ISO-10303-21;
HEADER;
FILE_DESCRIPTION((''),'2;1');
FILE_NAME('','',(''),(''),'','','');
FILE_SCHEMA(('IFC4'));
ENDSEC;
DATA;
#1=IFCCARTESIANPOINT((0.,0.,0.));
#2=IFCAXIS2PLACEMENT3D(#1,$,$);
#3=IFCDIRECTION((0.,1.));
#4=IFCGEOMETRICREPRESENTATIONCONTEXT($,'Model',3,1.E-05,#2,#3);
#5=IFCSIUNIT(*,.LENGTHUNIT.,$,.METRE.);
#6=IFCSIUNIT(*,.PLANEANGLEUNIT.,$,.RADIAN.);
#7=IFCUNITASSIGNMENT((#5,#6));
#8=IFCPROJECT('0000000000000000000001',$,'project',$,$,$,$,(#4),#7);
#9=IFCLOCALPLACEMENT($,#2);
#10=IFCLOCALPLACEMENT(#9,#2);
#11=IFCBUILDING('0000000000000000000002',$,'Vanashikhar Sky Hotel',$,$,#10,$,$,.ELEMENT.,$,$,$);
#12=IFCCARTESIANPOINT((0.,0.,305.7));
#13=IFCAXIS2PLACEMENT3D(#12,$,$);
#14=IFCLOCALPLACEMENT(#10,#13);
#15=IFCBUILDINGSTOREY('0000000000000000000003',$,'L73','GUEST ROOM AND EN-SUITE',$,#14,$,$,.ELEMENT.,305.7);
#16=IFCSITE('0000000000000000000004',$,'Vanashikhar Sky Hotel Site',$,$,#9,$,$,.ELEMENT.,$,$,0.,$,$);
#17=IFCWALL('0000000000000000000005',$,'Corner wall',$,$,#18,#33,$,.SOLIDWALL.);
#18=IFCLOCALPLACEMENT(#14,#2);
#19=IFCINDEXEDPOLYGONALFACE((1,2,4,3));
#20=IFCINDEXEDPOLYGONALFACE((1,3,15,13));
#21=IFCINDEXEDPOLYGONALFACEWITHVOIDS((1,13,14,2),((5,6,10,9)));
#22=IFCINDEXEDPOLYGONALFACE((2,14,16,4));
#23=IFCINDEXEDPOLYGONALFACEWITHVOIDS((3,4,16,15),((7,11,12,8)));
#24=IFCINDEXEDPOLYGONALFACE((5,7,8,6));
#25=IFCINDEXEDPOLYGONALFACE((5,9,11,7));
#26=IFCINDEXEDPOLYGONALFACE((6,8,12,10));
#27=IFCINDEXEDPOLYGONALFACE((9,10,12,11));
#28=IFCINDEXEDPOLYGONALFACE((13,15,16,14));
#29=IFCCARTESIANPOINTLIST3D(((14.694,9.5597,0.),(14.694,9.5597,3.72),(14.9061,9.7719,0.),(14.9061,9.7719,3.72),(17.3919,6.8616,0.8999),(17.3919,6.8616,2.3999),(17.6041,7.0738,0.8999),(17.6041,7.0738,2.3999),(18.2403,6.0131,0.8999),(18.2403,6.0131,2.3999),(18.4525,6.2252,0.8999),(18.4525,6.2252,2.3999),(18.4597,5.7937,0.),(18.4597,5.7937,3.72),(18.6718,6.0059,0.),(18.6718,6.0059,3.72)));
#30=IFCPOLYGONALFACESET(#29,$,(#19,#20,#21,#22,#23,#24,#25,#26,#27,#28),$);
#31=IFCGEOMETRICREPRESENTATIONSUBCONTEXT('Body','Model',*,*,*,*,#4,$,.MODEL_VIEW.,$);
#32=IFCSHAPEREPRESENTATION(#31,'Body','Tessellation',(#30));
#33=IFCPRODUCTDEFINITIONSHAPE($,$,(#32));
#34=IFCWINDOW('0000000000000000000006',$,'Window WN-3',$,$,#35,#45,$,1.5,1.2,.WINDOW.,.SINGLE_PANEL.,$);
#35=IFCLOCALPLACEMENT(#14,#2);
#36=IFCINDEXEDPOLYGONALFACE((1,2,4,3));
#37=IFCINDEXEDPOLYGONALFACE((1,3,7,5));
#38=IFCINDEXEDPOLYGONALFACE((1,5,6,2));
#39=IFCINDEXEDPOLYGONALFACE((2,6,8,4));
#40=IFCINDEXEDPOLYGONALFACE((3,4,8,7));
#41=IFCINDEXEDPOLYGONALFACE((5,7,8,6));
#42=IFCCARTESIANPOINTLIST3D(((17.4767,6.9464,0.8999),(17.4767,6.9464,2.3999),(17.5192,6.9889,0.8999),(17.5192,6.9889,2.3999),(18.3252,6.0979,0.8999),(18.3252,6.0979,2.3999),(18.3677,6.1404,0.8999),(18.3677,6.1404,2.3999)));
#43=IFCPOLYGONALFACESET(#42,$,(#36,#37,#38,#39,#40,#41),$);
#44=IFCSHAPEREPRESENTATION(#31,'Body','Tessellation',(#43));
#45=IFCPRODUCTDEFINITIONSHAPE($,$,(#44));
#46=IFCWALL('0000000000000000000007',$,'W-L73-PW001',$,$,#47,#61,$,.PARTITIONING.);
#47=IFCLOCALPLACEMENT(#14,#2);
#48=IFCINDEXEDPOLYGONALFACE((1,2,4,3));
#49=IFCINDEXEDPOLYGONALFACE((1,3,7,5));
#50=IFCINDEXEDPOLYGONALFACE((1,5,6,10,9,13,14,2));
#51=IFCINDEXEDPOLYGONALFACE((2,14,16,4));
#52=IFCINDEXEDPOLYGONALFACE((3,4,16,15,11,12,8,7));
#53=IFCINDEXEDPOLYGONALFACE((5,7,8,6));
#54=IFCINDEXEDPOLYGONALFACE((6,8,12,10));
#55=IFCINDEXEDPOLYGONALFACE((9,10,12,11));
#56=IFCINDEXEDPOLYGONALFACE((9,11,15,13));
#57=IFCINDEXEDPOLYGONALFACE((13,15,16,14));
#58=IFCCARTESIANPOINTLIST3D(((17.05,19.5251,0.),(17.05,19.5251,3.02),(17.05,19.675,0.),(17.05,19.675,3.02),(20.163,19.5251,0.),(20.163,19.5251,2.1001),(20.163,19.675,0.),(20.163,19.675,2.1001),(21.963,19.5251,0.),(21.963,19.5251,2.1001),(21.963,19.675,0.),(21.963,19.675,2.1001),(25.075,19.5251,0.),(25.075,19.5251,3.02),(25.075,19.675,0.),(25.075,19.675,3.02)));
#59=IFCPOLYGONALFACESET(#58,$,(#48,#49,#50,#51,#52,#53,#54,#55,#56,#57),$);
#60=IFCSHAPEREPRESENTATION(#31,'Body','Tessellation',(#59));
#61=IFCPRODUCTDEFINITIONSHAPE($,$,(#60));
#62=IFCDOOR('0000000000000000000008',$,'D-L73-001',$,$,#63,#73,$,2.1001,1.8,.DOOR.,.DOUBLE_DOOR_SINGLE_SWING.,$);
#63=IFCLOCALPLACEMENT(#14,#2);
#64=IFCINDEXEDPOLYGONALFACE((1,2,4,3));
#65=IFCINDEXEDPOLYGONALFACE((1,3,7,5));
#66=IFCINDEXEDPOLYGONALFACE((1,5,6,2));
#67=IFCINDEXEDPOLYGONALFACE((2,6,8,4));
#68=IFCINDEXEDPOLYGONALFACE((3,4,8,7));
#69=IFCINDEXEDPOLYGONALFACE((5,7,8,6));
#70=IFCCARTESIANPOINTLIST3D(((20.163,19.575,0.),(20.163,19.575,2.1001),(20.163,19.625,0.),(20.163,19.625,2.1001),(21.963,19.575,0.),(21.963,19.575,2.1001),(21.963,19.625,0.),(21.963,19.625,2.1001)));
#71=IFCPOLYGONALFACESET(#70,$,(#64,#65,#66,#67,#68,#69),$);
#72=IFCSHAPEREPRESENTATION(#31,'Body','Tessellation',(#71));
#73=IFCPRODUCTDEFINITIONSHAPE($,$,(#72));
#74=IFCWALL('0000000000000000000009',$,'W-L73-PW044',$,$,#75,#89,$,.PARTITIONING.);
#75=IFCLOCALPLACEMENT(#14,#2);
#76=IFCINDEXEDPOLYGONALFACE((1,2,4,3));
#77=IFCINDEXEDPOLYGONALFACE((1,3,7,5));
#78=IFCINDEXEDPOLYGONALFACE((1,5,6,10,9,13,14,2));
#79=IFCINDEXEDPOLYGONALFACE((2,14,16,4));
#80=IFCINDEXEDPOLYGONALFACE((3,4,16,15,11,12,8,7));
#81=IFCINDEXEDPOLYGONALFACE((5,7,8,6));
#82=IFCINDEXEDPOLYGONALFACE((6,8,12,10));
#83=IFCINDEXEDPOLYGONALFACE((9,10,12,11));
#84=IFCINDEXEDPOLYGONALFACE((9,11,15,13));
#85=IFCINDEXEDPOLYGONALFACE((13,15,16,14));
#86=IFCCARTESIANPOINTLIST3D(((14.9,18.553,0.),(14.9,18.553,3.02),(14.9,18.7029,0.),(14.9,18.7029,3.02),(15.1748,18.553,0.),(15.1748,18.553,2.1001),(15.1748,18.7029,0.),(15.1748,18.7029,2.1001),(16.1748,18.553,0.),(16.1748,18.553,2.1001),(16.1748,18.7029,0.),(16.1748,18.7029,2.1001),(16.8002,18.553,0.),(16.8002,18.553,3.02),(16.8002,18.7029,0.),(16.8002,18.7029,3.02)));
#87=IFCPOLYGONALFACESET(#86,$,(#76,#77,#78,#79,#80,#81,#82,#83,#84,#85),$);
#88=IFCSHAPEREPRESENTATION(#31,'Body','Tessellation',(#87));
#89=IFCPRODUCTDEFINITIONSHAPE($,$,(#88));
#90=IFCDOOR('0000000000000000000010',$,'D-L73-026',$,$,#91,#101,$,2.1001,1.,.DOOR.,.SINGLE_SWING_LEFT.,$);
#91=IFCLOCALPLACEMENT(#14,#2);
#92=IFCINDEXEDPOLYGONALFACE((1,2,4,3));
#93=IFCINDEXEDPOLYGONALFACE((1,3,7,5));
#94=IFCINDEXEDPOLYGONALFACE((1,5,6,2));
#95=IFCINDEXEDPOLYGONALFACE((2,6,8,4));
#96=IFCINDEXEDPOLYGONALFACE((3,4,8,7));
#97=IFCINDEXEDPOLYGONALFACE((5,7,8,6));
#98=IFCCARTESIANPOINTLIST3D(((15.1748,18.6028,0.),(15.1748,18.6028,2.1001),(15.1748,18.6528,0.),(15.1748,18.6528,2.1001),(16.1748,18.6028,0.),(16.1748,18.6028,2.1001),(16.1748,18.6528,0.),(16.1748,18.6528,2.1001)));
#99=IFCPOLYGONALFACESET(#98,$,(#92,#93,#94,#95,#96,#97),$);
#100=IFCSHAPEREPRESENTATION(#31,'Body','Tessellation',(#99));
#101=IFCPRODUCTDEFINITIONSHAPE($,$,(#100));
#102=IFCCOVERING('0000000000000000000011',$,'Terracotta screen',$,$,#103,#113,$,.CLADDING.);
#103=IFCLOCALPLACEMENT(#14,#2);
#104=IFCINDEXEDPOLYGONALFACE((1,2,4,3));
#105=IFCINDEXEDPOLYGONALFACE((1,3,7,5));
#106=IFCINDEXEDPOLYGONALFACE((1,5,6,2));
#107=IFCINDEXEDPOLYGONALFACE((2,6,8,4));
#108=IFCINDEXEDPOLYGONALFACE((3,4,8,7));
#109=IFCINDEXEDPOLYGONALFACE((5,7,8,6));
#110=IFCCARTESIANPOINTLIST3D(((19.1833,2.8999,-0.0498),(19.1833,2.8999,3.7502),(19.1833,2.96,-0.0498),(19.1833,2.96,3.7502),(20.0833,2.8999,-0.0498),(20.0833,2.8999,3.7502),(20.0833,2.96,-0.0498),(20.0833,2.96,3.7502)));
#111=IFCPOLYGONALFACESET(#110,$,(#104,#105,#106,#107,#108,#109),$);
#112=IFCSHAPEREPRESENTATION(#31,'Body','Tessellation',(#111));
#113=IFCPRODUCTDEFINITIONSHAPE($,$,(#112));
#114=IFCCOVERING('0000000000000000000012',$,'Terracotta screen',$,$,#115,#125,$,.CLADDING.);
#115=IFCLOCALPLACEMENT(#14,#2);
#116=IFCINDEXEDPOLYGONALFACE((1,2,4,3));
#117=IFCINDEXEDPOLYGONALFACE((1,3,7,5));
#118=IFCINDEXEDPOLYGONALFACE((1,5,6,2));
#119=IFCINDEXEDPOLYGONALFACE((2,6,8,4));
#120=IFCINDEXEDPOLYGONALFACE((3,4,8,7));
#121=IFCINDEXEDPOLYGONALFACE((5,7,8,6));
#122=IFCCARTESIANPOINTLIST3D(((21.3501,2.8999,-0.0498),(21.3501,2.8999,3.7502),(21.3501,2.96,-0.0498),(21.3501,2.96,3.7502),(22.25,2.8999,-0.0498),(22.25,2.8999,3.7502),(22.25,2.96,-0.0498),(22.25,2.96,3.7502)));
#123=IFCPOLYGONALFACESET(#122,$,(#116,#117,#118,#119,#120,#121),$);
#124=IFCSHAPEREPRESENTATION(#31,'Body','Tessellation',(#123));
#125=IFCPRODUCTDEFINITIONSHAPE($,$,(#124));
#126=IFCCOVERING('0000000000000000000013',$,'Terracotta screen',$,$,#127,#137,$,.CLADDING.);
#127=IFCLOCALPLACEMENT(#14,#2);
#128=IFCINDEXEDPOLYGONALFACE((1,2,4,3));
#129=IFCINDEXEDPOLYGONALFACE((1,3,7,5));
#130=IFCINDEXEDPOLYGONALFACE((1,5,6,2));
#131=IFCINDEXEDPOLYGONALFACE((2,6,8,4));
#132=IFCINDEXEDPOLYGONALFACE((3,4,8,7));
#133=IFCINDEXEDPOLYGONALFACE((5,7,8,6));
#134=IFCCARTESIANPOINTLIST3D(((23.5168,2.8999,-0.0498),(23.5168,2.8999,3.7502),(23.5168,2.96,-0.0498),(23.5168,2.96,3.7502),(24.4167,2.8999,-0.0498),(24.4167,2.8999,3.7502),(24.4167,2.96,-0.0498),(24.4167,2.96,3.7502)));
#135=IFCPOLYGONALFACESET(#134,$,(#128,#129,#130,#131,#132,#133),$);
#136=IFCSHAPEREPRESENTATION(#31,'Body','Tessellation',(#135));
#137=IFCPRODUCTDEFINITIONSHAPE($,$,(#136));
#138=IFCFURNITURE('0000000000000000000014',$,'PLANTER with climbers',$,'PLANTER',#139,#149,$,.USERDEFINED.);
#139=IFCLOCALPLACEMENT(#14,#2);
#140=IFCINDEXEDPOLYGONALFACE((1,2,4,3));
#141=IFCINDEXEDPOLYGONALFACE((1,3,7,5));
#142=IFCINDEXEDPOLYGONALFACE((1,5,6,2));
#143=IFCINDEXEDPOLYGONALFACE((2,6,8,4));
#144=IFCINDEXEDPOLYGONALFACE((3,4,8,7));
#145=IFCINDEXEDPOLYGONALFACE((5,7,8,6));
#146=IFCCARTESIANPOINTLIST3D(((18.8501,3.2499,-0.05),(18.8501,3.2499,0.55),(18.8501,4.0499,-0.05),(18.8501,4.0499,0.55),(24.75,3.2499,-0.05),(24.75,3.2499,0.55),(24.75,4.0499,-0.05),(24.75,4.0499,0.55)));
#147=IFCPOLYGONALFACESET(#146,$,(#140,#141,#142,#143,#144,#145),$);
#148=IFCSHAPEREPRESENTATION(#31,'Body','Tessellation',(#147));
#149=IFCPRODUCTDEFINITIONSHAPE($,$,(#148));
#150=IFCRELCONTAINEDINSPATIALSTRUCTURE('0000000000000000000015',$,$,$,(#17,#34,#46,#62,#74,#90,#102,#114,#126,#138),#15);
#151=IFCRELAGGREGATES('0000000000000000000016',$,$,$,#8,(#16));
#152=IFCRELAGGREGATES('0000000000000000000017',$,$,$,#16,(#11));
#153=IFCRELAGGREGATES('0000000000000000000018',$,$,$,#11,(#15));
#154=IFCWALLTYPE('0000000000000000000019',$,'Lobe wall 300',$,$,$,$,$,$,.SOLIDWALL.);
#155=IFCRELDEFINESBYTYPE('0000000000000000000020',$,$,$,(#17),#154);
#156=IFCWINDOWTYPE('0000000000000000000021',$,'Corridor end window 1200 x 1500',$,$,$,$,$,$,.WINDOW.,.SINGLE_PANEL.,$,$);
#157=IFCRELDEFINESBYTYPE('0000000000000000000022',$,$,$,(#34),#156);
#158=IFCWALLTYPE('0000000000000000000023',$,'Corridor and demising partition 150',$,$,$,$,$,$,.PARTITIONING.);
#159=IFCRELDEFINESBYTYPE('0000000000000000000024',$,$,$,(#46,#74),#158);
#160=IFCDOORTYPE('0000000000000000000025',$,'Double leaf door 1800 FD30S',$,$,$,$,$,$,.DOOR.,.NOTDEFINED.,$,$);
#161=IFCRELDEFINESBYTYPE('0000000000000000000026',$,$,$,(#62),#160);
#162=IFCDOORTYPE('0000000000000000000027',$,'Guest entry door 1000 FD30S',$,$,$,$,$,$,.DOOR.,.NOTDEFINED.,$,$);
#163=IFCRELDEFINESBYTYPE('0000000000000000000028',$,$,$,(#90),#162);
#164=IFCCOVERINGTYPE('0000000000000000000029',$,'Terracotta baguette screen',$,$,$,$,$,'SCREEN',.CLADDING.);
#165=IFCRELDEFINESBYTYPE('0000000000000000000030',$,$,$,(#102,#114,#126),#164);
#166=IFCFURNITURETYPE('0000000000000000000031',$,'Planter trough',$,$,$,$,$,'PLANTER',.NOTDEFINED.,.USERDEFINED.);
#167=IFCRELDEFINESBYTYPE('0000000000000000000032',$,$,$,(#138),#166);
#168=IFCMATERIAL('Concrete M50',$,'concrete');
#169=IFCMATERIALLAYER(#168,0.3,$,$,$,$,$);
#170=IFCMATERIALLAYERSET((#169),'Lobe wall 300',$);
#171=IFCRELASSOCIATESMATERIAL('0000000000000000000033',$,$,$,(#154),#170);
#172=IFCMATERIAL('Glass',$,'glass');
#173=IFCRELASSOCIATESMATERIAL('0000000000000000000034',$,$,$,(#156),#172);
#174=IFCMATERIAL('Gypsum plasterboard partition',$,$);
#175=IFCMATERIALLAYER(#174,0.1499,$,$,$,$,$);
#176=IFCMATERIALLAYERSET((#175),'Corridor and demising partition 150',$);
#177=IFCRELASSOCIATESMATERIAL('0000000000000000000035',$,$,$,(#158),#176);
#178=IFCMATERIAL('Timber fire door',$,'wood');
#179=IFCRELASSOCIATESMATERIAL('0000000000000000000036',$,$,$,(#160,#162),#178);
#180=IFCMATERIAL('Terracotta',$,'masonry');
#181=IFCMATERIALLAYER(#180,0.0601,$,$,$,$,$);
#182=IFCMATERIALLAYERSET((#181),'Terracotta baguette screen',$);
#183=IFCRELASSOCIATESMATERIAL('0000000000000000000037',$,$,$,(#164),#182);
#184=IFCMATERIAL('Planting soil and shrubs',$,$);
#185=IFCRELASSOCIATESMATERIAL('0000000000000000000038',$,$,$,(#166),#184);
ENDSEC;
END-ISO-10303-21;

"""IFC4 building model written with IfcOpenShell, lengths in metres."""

from ifc_helpers import new_model, si_unit, direction, frame, frame_2d, origin, origin_2d, place, context, subcontext, project, spatial, rectangle, extrude, source, transform, mapped, material, layer, layer_set, type_object, element, fill, save


model = new_model("IFC4")

# Units and contexts
model_context = context("Model", 3, precision=1e-05, world=origin(), true_north=direction((0.0, 1.0)))
body_context = subcontext(model_context, "Body", "Model", "MODEL_VIEW")
ifc_project = project(units=[si_unit("LENGTHUNIT", "METRE"), si_unit("PLANEANGLEUNIT", "RADIAN")], contexts=[model_context])

# Site, building, storey
site_placement = place(None, origin())
site = spatial("IfcSite", under=ifc_project, at=site_placement, Name="Vanashikhar Sky Hotel Site", CompositionType="ELEMENT", RefElevation=0.0)
building_placement = place(site_placement, origin())
building = spatial("IfcBuilding", under=site, at=building_placement, Name="Vanashikhar Sky Hotel", CompositionType="ELEMENT")
storey_placement = place(building_placement, frame((0.0, 0.0, 305.7)))
storey = spatial("IfcBuildingStorey", under=building, at=storey_placement, Name="L73", Description="GUEST ROOM AND EN-SUITE", CompositionType="ELEMENT", Elevation=305.7)

# Shared definitions
ifc_material_1 = material(Name="Concrete M50", Category="concrete")

# Shared definitions
ifc_material_2 = material(Name="Glass", Category="glass")

# Wall, opening, window
ifc_layer_1 = layer(ifc_material_1, 0.3)
ifc_layer_set_1 = layer_set([ifc_layer_1], Name="Lobe wall 300")
wall_type_1 = type_object("IfcWallType", Name="Lobe wall 300", PredefinedType="SOLIDWALL", material=ifc_layer_set_1)
shared_shape_1 = source(origin(), body_context, "Body", "SweptSolid", [
    extrude(rectangle(XDim=5.3257, YDim=0.3, at=frame_2d((2.6628, 0.0))), origin(), (0.0, 0.0, 1.0), 3.72),
])
wall_1_placement = place(storey_placement, frame((14.8, 9.6658, 0.0), z_axis=(0.0, 0.0, 1.0), x_axis=(0.707084, -0.70713, 0.0)))
wall_1 = element("IfcWall", 1, at=wall_1_placement, inside=storey, type_object=wall_type_1, Name="Corner wall", PredefinedType="SOLIDWALL", context=body_context, shape_type="MappedRepresentation", body=[
    mapped(shared_shape_1, transform((0.0, 0.0, 0.0), scale=1.0)),
])
shared_shape_2 = source(origin(), body_context, "Body", "SweptSolid", [
    extrude(rectangle(XDim=1.2, YDim=1.5, at=frame_2d((0.6001, 0.75))), frame((0.0, 0.1602, 0.0), z_axis=(0.0, -1.0, 0.0), x_axis=(1.0, 0.0, 0.0)), (0.0, 0.0, 1.0), 0.3201),
])
opening_1_placement = place(wall_1_placement, frame((3.8154, 0.0, 0.8999)))
opening_1 = element("IfcOpeningElement", 2, at=opening_1_placement, cuts=wall_1, PredefinedType="OPENING", context=body_context, shape_type="MappedRepresentation", body=[
    mapped(shared_shape_2, transform((0.0, 0.0, 0.0), scale=1.0)),
])
window_type_1 = type_object("IfcWindowType", Name="Corridor end window 1200 x 1500", PartitioningType="SINGLE_PANEL", PredefinedType="WINDOW", material=ifc_material_2)
shared_shape_3 = source(origin(), body_context, "Body", "SweptSolid", [
    extrude(rectangle(XDim=1.2, YDim=1.5, at=frame_2d((0.6001, 0.75))), frame((0.0, 0.03, 0.0), z_axis=(0.0, -1.0, 0.0), x_axis=(1.0, 0.0, 0.0)), (0.0, 0.0, 1.0), 0.0601),
])
window_1_placement = place(opening_1_placement, origin())
window_1 = element("IfcWindow", 3, at=window_1_placement, inside=storey, type_object=window_type_1, Name="Window WN-3", OverallHeight=1.5, OverallWidth=1.2, PartitioningType="SINGLE_PANEL", PredefinedType="WINDOW", context=body_context, shape_type="MappedRepresentation", body=[
    mapped(shared_shape_3, transform((0.0, 0.0, 0.0), scale=1.0)),
])
fill(opening_1, window_1)

# Walls, openings, doors
ifc_material_3 = material(Name="Gypsum plasterboard partition")
ifc_layer_2 = layer(ifc_material_3, 0.1499)
ifc_layer_set_2 = layer_set([ifc_layer_2], Name="Corridor and demising partition 150")
wall_type_2 = type_object("IfcWallType", Name="Corridor and demising partition 150", PredefinedType="PARTITIONING", material=ifc_layer_set_2)
shared_shape_4 = source(origin(), body_context, "Body", "SweptSolid", [
    extrude(rectangle(XDim=8.0249, YDim=0.1499, at=frame_2d((4.0125, 0.0))), origin(), (0.0, 0.0, 1.0), 3.02),
])
wall_2_placement = place(storey_placement, frame((17.05, 19.6001, 0.0), z_axis=(0.0, 0.0, 1.0), x_axis=(1.0, 0.0, 0.0)))
wall_2 = element("IfcWall", 4, at=wall_2_placement, inside=storey, type_object=wall_type_2, Name="W-L73-PW001", PredefinedType="PARTITIONING", context=body_context, shape_type="MappedRepresentation", body=[
    mapped(shared_shape_4, transform((0.0, 0.0, 0.0), scale=1.0)),
])
shared_shape_5 = source(origin(), body_context, "Body", "SweptSolid", [
    extrude(rectangle(XDim=1.8, YDim=2.1001, at=frame_2d((0.8999, 1.05))), frame((0.0, 0.085, 0.0), z_axis=(0.0, -1.0, 0.0), x_axis=(1.0, 0.0, 0.0)), (0.0, 0.0, 1.0), 0.1699),
])
opening_2_placement = place(wall_2_placement, frame((3.113, 0.0, 0.0)))
opening_2 = element("IfcOpeningElement", 5, at=opening_2_placement, cuts=wall_2, PredefinedType="OPENING", context=body_context, shape_type="MappedRepresentation", body=[
    mapped(shared_shape_5, transform((0.0, 0.0, 0.0), scale=1.0)),
])
ifc_material_4 = material(Name="Timber fire door", Category="wood")
door_type_1 = type_object("IfcDoorType", Name="Double leaf door 1800 FD30S", OperationType="NOTDEFINED", PredefinedType="DOOR", material=ifc_material_4)
shared_shape_6 = source(origin(), body_context, "Body", "SweptSolid", [
    extrude(rectangle(XDim=1.8, YDim=2.1001, at=frame_2d((0.8999, 1.05))), frame((0.0, 0.0249, 0.0), z_axis=(0.0, -1.0, 0.0), x_axis=(1.0, 0.0, 0.0)), (0.0, 0.0, 1.0), 0.05),
])
door_1_placement = place(opening_2_placement, origin())
door_1 = element("IfcDoor", 6, at=door_1_placement, inside=storey, type_object=door_type_1, Name="D-L73-001", OperationType="DOUBLE_DOOR_SINGLE_SWING", OverallHeight=2.1001, OverallWidth=1.8, PredefinedType="DOOR", context=body_context, shape_type="MappedRepresentation", body=[
    mapped(shared_shape_6, transform((0.0, 0.0, 0.0), scale=1.0)),
])
fill(opening_2, door_1)
shared_shape_7 = source(origin(), body_context, "Body", "SweptSolid", [
    extrude(rectangle(XDim=1.9001, YDim=0.1499, at=frame_2d((0.9502, 0.0))), origin(), (0.0, 0.0, 1.0), 3.02),
])
wall_3_placement = place(storey_placement, frame((14.8999, 18.6279, 0.0), z_axis=(0.0, 0.0, 1.0), x_axis=(1.0, 0.0, 0.0)))
wall_3 = element("IfcWall", 7, at=wall_3_placement, inside=storey, type_object=wall_type_2, Name="W-L73-PW044", PredefinedType="PARTITIONING", context=body_context, shape_type="MappedRepresentation", body=[
    mapped(shared_shape_7, transform((0.0, 0.0, 0.0), scale=1.0)),
])
shared_shape_8 = source(origin(), body_context, "Body", "SweptSolid", [
    extrude(rectangle(XDim=1.0, YDim=2.1001, at=frame_2d((0.5, 1.05))), frame((0.0, 0.085, 0.0), z_axis=(0.0, -1.0, 0.0), x_axis=(1.0, 0.0, 0.0)), (0.0, 0.0, 1.0), 0.1699),
])
opening_3_placement = place(wall_3_placement, frame((0.2749, 0.0, 0.0)))
opening_3 = element("IfcOpeningElement", 8, at=opening_3_placement, cuts=wall_3, PredefinedType="OPENING", context=body_context, shape_type="MappedRepresentation", body=[
    mapped(shared_shape_8, transform((0.0, 0.0, 0.0), scale=1.0)),
])
door_type_2 = type_object("IfcDoorType", Name="Guest entry door 1000 FD30S", OperationType="NOTDEFINED", PredefinedType="DOOR", material=ifc_material_4)
shared_shape_9 = source(origin(), body_context, "Body", "SweptSolid", [
    extrude(rectangle(XDim=1.0, YDim=2.1001, at=frame_2d((0.5, 1.05))), frame((0.0, 0.0249, 0.0), z_axis=(0.0, -1.0, 0.0), x_axis=(1.0, 0.0, 0.0)), (0.0, 0.0, 1.0), 0.05),
])
door_2_placement = place(opening_3_placement, origin())
door_2 = element("IfcDoor", 9, at=door_2_placement, inside=storey, type_object=door_type_2, Name="D-L73-026", OperationType="SINGLE_SWING_LEFT", OverallHeight=2.1001, OverallWidth=1.0, PredefinedType="DOOR", context=body_context, shape_type="MappedRepresentation", body=[
    mapped(shared_shape_9, transform((0.0, 0.0, 0.0), scale=1.0)),
])
fill(opening_3, door_2)

# Coverings
ifc_material_5 = material(Name="Terracotta", Category="masonry")
ifc_layer_3 = layer(ifc_material_5, 0.0601)
ifc_layer_set_3 = layer_set([ifc_layer_3], Name="Terracotta baguette screen")
covering_type = type_object("IfcCoveringType", Name="Terracotta baguette screen", ElementType="SCREEN", PredefinedType="CLADDING", material=ifc_layer_set_3)
shared_shape_10 = source(origin(), body_context, "Body", "SweptSolid", [
    extrude(rectangle(XDim=0.8999, YDim=0.0601, at=origin_2d()), origin(), (0.0, 0.0, 1.0), 3.8),
])
for number, where, z_axis, x_axis, name in (
    (10, (19.6333, 2.9299, -0.0498), (0.0, 0.0, 1.0), (1.0, 0.0, 0.0), "Terracotta screen"),
    (11, (21.8, 2.9299, -0.0498), (0.0, 0.0, 1.0), (1.0, 0.0, 0.0), "Terracotta screen"),
    (12, (23.9668, 2.9299, -0.0498), (0.0, 0.0, 1.0), (1.0, 0.0, 0.0), "Terracotta screen"),
):
    element("IfcCovering", number, at=place(storey_placement, frame(where, z_axis=z_axis, x_axis=x_axis)), inside=storey, type_object=covering_type, Name=name, PredefinedType="CLADDING", context=body_context, shape_type="MappedRepresentation", body=[
        mapped(shared_shape_10, transform((0.0, 0.0, 0.0), scale=1.0)),
    ])

# Furniture
ifc_material_6 = material(Name="Planting soil and shrubs")
furniture_type = type_object("IfcFurnitureType", Name="Planter trough", ElementType="PLANTER", AssemblyPlace="NOTDEFINED", PredefinedType="USERDEFINED", material=ifc_material_6)
shared_shape_11 = source(origin(), body_context, "Body", "SweptSolid", [
    extrude(rectangle(XDim=5.8999, YDim=0.8, at=origin_2d()), origin(), (0.0, 0.0, 1.0), 0.6001),
])
furniture_placement = place(storey_placement, frame((21.8, 3.6499, -0.05), z_axis=(0.0, 0.0, 1.0), x_axis=(1.0, 0.0, 0.0)))
element("IfcFurniture", 13, at=furniture_placement, inside=storey, type_object=furniture_type, Name="PLANTER with climbers", ObjectType="PLANTER", PredefinedType="USERDEFINED", context=body_context, shape_type="MappedRepresentation", body=[
    mapped(shared_shape_11, transform((0.0, 0.0, 0.0), scale=1.0)),
])

save(model, "model.ifc")
